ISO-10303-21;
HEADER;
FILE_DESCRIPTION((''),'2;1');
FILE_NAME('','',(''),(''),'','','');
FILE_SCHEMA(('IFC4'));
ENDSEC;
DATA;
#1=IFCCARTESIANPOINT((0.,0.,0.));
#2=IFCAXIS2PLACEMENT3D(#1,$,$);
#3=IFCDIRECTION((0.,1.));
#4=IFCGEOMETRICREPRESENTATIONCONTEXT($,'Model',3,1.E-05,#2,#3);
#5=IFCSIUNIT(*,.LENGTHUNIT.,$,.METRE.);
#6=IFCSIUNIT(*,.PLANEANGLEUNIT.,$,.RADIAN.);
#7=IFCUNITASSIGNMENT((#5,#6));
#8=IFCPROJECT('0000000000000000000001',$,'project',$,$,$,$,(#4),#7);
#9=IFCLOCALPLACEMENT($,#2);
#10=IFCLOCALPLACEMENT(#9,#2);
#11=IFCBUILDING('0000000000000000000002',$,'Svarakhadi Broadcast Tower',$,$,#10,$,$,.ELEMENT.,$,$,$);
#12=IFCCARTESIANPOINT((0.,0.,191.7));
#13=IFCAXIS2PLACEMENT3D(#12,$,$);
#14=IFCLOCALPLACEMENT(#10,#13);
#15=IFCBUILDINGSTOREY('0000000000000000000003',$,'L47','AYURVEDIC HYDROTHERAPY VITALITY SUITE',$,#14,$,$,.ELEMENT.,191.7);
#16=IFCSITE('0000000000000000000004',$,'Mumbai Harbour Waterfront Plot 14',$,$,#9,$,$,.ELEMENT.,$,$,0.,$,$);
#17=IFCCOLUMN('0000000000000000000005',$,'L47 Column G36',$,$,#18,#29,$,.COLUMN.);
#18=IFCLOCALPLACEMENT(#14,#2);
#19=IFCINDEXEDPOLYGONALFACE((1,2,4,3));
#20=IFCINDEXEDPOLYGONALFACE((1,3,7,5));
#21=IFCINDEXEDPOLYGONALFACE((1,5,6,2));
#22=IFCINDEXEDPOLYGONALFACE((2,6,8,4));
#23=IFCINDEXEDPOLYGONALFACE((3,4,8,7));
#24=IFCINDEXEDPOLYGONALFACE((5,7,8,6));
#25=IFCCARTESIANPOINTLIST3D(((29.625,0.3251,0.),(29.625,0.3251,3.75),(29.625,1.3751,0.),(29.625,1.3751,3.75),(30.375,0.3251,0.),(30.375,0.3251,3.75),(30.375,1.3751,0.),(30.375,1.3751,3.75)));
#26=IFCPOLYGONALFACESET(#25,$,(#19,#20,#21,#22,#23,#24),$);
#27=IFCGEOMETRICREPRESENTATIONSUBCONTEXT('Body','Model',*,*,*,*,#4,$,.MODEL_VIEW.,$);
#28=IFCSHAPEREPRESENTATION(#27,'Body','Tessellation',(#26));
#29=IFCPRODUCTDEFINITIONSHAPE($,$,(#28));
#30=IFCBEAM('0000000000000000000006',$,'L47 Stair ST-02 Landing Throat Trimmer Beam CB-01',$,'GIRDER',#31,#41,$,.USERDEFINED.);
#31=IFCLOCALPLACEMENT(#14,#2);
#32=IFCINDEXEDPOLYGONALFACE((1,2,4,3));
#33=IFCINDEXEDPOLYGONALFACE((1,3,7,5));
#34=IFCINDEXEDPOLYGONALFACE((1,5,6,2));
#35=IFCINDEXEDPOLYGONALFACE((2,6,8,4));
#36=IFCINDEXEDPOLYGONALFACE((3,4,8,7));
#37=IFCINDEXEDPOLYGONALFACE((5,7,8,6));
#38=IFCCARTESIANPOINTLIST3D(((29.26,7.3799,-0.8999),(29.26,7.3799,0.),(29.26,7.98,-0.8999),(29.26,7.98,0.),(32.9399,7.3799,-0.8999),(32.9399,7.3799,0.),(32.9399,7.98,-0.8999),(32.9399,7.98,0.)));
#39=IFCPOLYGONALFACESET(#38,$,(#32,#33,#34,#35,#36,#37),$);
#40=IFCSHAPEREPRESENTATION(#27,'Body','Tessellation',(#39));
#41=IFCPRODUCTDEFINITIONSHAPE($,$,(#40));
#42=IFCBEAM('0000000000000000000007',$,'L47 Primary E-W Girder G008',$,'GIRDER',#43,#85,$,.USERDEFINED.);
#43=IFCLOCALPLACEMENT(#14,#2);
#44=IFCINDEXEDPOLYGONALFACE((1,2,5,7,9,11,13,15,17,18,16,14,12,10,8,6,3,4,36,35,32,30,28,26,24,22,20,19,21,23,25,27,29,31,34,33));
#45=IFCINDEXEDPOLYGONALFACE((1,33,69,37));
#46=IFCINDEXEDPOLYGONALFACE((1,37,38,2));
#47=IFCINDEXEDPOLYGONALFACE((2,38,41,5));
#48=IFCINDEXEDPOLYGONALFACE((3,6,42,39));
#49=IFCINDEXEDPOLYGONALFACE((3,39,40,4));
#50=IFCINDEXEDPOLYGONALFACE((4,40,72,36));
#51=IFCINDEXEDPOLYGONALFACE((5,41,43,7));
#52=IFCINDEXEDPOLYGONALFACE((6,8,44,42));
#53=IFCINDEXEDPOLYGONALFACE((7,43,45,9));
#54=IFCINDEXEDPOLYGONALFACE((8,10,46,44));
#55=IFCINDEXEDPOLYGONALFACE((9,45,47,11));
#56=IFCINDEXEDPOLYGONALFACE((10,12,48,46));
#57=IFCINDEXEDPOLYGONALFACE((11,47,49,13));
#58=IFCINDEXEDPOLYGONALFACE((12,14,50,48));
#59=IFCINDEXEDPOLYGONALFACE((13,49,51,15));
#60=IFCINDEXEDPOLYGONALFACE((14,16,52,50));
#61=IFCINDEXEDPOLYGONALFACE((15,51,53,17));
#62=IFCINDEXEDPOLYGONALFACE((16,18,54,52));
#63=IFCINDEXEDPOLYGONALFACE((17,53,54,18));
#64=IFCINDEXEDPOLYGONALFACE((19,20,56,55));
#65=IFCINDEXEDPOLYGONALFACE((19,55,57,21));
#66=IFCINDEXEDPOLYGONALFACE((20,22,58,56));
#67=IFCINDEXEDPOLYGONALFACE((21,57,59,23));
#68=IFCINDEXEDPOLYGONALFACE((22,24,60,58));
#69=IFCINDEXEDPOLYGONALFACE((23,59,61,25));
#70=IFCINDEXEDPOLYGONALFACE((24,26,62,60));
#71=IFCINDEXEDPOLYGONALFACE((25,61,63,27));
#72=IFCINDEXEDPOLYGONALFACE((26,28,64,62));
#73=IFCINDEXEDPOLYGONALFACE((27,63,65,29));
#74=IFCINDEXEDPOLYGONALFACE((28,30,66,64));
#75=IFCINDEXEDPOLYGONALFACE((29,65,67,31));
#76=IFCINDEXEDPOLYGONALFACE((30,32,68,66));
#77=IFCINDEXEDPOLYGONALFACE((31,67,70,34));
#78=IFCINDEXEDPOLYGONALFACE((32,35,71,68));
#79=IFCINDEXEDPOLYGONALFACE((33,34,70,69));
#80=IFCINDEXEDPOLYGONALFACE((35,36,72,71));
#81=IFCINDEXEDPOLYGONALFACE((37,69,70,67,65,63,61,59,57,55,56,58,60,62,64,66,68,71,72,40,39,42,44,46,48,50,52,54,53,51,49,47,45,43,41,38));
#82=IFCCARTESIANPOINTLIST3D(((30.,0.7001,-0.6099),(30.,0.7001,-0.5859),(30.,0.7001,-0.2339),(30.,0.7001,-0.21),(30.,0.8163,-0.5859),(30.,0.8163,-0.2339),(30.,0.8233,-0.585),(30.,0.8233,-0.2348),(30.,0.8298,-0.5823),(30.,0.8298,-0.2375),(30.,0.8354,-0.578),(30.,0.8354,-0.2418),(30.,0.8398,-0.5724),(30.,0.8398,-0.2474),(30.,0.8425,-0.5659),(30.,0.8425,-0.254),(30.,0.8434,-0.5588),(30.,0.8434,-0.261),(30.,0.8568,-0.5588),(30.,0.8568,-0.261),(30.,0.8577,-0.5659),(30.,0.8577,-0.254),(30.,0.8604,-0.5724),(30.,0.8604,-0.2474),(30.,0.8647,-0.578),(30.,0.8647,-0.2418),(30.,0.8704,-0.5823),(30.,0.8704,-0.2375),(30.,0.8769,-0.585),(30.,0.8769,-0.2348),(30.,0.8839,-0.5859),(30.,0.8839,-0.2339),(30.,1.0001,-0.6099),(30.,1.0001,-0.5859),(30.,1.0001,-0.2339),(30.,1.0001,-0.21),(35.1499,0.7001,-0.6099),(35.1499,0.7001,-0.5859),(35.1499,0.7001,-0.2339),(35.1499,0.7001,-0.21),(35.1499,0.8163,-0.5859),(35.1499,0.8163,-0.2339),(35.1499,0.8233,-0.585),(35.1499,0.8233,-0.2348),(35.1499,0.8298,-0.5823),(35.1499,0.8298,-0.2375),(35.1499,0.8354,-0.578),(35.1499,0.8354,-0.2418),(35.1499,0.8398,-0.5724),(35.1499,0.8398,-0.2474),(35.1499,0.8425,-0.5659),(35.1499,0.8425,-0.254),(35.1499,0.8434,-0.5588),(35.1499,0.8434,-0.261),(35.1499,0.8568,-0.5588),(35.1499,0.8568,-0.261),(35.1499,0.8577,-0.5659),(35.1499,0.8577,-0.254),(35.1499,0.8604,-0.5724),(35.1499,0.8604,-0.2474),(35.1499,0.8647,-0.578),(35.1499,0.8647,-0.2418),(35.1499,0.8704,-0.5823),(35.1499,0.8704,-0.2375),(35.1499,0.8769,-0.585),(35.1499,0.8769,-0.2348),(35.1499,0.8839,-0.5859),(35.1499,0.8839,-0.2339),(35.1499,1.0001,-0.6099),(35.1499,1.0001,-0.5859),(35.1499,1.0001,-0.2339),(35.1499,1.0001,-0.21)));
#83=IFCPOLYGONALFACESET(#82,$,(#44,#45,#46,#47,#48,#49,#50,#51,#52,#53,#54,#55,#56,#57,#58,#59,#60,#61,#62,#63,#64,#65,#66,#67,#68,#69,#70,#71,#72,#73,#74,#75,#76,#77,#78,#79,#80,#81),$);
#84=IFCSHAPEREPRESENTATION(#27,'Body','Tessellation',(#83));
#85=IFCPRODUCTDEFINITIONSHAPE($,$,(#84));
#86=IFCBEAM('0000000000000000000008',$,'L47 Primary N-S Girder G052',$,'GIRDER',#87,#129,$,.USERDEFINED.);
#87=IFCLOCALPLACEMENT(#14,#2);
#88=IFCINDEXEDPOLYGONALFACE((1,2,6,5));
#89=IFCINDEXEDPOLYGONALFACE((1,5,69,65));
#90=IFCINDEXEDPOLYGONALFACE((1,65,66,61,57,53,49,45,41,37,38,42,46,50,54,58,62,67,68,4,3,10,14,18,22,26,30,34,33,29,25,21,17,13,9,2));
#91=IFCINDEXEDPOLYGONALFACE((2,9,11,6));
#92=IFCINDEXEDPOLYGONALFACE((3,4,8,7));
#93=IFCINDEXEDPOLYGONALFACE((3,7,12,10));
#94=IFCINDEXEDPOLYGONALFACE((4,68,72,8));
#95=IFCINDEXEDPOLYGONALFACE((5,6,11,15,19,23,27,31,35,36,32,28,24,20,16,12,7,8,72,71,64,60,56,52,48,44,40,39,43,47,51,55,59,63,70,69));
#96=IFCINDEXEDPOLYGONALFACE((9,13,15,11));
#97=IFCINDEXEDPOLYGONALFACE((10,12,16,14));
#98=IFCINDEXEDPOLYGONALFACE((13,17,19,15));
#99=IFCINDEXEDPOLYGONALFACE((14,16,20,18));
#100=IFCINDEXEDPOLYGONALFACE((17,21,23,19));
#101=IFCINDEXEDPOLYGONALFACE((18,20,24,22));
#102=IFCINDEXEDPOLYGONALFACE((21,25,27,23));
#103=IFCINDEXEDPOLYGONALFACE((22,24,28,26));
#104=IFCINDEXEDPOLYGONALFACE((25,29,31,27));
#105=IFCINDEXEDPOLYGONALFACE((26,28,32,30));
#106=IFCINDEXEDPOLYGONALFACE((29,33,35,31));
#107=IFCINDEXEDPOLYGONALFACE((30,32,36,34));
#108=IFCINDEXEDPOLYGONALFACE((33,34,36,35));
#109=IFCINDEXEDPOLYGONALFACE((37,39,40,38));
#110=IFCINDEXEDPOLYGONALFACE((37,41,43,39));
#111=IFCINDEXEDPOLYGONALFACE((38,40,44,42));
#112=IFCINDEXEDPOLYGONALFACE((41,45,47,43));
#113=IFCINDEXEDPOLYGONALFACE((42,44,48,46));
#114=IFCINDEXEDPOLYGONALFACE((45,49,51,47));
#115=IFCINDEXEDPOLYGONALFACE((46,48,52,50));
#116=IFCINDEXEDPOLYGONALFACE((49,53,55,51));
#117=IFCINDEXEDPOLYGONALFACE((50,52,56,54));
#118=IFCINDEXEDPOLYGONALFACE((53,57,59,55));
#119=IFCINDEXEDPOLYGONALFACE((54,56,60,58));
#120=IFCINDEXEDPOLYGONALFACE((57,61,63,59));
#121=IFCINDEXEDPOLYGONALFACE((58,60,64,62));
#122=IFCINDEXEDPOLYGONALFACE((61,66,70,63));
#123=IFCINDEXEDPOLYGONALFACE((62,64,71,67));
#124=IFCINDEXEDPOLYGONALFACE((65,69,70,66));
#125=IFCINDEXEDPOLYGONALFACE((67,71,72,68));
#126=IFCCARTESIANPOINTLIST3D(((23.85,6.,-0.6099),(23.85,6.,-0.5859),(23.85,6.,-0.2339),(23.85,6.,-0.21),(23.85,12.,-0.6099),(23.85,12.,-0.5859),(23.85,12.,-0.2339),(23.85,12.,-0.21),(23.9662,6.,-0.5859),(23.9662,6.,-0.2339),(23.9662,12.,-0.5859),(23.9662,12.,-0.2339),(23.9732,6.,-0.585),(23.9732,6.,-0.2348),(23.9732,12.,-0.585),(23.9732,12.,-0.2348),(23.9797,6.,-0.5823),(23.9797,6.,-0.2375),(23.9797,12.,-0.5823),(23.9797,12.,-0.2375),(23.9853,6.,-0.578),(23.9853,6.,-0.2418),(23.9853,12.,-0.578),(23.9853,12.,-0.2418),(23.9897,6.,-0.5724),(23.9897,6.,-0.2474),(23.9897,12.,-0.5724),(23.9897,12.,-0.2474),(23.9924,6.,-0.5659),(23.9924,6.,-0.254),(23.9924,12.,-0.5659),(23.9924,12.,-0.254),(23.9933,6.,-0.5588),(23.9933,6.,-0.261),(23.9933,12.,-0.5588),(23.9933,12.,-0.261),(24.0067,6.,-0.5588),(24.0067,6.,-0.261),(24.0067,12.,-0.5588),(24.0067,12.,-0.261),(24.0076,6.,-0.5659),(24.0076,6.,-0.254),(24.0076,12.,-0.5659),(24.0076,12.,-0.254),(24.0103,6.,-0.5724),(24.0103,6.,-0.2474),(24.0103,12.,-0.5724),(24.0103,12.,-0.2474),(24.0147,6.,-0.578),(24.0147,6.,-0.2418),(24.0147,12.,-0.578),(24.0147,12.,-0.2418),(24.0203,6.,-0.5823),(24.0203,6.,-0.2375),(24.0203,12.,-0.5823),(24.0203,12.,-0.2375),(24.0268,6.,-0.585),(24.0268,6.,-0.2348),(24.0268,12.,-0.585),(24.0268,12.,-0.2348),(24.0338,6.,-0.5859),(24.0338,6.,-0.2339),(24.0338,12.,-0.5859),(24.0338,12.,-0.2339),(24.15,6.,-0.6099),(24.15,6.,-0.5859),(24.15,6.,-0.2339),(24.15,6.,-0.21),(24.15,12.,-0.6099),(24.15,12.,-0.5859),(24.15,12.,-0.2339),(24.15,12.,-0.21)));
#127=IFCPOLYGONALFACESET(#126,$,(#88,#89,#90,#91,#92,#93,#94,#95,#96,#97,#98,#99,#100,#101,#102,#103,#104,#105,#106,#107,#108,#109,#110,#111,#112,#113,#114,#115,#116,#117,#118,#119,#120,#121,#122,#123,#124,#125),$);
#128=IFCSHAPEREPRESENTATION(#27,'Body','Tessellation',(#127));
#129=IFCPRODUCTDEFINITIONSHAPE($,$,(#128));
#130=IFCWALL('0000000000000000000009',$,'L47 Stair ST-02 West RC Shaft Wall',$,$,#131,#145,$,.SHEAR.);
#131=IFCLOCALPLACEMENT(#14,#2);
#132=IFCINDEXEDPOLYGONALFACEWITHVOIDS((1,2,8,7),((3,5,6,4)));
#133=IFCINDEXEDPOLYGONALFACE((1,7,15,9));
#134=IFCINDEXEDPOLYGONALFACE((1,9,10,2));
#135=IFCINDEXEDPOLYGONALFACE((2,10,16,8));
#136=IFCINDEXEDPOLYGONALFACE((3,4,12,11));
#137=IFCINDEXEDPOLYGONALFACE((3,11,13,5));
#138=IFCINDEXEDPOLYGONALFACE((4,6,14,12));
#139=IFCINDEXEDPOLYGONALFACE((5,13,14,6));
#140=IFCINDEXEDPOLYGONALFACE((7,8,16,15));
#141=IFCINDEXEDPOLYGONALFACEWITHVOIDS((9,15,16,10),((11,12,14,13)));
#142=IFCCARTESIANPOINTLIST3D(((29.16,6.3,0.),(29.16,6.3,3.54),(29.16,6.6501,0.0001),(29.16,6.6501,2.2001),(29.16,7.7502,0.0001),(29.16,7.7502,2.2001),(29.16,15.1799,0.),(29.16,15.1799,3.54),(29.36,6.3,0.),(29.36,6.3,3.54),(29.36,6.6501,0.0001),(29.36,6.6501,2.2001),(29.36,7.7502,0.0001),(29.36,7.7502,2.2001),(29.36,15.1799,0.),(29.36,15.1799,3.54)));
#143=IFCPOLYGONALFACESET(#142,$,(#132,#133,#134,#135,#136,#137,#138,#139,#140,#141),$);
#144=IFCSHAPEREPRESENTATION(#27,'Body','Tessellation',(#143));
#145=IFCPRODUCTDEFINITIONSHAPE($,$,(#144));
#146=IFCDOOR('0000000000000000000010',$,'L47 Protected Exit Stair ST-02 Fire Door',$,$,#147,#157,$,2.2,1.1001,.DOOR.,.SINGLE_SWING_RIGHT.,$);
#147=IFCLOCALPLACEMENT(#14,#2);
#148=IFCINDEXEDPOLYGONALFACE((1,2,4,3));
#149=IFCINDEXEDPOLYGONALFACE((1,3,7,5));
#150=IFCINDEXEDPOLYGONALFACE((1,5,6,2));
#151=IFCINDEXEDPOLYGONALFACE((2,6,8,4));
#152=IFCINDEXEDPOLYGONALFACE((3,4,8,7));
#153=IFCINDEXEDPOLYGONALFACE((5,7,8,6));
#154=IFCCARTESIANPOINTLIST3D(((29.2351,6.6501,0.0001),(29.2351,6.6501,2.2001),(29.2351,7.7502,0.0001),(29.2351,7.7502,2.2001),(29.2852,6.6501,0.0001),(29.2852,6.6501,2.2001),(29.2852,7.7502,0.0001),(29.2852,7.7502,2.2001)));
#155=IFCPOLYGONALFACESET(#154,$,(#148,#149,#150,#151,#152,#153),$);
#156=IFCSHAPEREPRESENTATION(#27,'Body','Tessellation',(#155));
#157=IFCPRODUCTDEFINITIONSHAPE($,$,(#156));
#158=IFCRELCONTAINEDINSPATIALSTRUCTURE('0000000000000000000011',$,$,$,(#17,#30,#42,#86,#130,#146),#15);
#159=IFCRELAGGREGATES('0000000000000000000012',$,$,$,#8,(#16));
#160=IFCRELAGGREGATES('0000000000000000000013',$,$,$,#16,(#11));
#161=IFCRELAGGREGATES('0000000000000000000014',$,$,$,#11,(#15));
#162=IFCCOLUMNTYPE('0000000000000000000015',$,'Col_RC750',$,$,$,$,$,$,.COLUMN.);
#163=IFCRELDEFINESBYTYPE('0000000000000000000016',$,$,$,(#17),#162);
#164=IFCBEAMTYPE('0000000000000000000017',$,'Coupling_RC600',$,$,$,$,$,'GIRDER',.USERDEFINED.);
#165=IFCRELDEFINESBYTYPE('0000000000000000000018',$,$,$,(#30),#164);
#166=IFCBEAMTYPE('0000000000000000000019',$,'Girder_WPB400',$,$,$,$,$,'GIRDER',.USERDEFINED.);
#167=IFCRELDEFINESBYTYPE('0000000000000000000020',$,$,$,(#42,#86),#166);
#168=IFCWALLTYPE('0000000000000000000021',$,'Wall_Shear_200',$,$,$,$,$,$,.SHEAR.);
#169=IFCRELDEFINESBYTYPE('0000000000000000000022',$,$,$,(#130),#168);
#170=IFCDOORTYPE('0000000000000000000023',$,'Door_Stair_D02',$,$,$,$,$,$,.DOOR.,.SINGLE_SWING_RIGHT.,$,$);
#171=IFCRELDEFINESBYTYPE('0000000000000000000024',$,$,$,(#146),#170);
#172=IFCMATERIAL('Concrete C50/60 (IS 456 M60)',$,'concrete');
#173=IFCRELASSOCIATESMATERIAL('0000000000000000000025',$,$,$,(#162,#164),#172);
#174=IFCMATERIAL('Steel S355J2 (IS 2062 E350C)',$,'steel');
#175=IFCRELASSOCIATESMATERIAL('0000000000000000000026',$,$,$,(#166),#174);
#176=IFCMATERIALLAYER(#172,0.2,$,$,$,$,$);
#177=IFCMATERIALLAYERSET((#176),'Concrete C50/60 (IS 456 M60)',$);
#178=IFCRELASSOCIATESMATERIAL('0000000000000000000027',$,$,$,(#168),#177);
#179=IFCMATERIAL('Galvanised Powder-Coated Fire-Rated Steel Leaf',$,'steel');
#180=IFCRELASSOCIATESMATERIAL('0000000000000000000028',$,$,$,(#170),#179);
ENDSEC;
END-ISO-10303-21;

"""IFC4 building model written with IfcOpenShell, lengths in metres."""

from ifc_helpers import new_model, si_unit, direction, frame, frame_2d, origin, origin_2d, place, context, subcontext, project, spatial, rectangle, i_section, extrude, material, layer, layer_set, material_profile, profile_set, type_object, element, fill, save


model = new_model("IFC4")

# Units and contexts
model_context = context("Model", 3, precision=1e-05, world=origin(), true_north=direction((0.0, 1.0)))
body_context = subcontext(model_context, "Body", "Model", "MODEL_VIEW")
ifc_project = project(units=[si_unit("LENGTHUNIT", "METRE"), si_unit("PLANEANGLEUNIT", "RADIAN")], contexts=[model_context])

# Site, building, storey
site_placement = place(None, origin())
site = spatial("IfcSite", under=ifc_project, at=site_placement, Name="Mumbai Harbour Waterfront Plot 14", CompositionType="ELEMENT", RefElevation=0.0)
building_placement = place(site_placement, origin())
building = spatial("IfcBuilding", under=site, at=building_placement, Name="Svarakhadi Broadcast Tower", CompositionType="ELEMENT")
storey_placement = place(building_placement, frame((0.0, 0.0, 191.7)))
storey = spatial("IfcBuildingStorey", under=building, at=storey_placement, Name="L47", Description="AYURVEDIC HYDROTHERAPY VITALITY SUITE", CompositionType="ELEMENT", Elevation=191.7)

# Column
ifc_material_1 = material(Name="Concrete C50/60 (IS 456 M60)", Category="concrete")
ifc_material_profile_1 = material_profile(ifc_material_1, rectangle(XDim=0.75, YDim=1.05, at=origin_2d()), Name="RC 750x1050")
ifc_profile_set_1 = profile_set([ifc_material_profile_1], Name="Concrete C50/60 (IS 456 M60)")
column_type = type_object("IfcColumnType", Name="Col_RC750", PredefinedType="COLUMN", material=ifc_profile_set_1)
column_placement = place(storey_placement, frame((30.0, 0.8501, 0.0), z_axis=(0.0, 0.0, 1.0), x_axis=(1.0, 0.0, 0.0)))
element("IfcColumn", 1, at=column_placement, inside=storey, type_object=column_type, Name="L47 Column G36", PredefinedType="COLUMN", context=body_context, shape_type="SweptSolid", body=[
    extrude(rectangle(XDim=0.75, YDim=1.05, at=origin_2d()), origin(), (0.0, 0.0, 1.0), 3.75),
])

# Beams
ifc_material_profile_2 = material_profile(ifc_material_1, rectangle(XDim=0.6001, YDim=0.8999, at=origin_2d()), Name="RC 600x900")
ifc_profile_set_2 = profile_set([ifc_material_profile_2], Name="Concrete C50/60 (IS 456 M60)")
beam_type_1 = type_object("IfcBeamType", Name="Coupling_RC600", ElementType="GIRDER", PredefinedType="USERDEFINED", material=ifc_profile_set_2)
beam_1_placement = place(storey_placement, frame((29.26, 7.6799, -0.45), z_axis=(1.0, 0.0, 0.0), x_axis=(0.0, 1.0, 0.0)))
element("IfcBeam", 2, at=beam_1_placement, inside=storey, type_object=beam_type_1, Name="L47 Stair ST-02 Landing Throat Trimmer Beam CB-01", ObjectType="GIRDER", PredefinedType="USERDEFINED", context=body_context, shape_type="SweptSolid", body=[
    extrude(rectangle(XDim=0.6001, YDim=0.8999, at=origin_2d()), origin(), (0.0, 0.0, 1.0), 3.6799),
])
ifc_material_2 = material(Name="Steel S355J2 (IS 2062 E350C)", Category="steel")
ifc_material_profile_3 = material_profile(ifc_material_2, i_section(OverallWidth=0.3, OverallDepth=0.3999, WebThickness=0.0134, FlangeThickness=0.0239, FilletRadius=0.0271, at=origin_2d()), Name="WPB 400x300x155")
ifc_profile_set_3 = profile_set([ifc_material_profile_3], Name="Steel S355J2 (IS 2062 E350C)")
beam_type_2 = type_object("IfcBeamType", Name="Girder_WPB400", ElementType="GIRDER", PredefinedType="USERDEFINED", material=ifc_profile_set_3)
beam_2_placement = place(storey_placement, frame((30.0, 0.8501, -0.4099), z_axis=(1.0, 0.0, 0.0), x_axis=(0.0, 1.0, 0.0)))
element("IfcBeam", 3, at=beam_2_placement, inside=storey, type_object=beam_type_2, Name="L47 Primary E-W Girder G008", ObjectType="GIRDER", PredefinedType="USERDEFINED", context=body_context, shape_type="SweptSolid", body=[
    extrude(i_section(OverallWidth=0.3, OverallDepth=0.3999, WebThickness=0.0134, FlangeThickness=0.0239, FilletRadius=0.0271, at=origin_2d()), origin(), (0.0, 0.0, 1.0), 5.1499),
])
beam_3_placement = place(storey_placement, frame((24.0, 6.0, -0.4099), z_axis=(0.0, 1.0, 0.0), x_axis=(-1.0, 0.0, 0.0)))
element("IfcBeam", 4, at=beam_3_placement, inside=storey, type_object=beam_type_2, Name="L47 Primary N-S Girder G052", ObjectType="GIRDER", PredefinedType="USERDEFINED", context=body_context, shape_type="SweptSolid", body=[
    extrude(i_section(OverallWidth=0.3, OverallDepth=0.3999, WebThickness=0.0134, FlangeThickness=0.0239, FilletRadius=0.0271, at=origin_2d()), origin(), (0.0, 0.0, 1.0), 6.0),
])

# Wall, opening, door
ifc_layer_1 = layer(ifc_material_1, 0.2)
ifc_layer_set_1 = layer_set([ifc_layer_1], Name="Concrete C50/60 (IS 456 M60)")
wall_type_1 = type_object("IfcWallType", Name="Wall_Shear_200", PredefinedType="SHEAR", material=ifc_layer_set_1)
wall_1_placement = place(storey_placement, frame((29.26, 6.3, 0.0), z_axis=(0.0, 0.0, 1.0), x_axis=(0.0, 1.0, 0.0)))
wall_1 = element("IfcWall", 5, at=wall_1_placement, inside=storey, type_object=wall_type_1, Name="L47 Stair ST-02 West RC Shaft Wall", PredefinedType="SHEAR", context=body_context, shape_type="SweptSolid", body=[
    extrude(rectangle(XDim=8.8799, YDim=0.2, at=frame_2d((4.4399, 0.0))), origin(), (0.0, 0.0, 1.0), 3.54),
])
opening_1_placement = place(wall_1_placement, frame((0.3501, 0.0, 0.0)))
opening_1 = element("IfcOpeningElement", 6, at=opening_1_placement, cuts=wall_1, PredefinedType="OPENING", context=body_context, shape_type="SweptSolid", body=[
    extrude(rectangle(XDim=1.1001, YDim=2.2, at=frame_2d((0.55, 1.1001))), frame((0.0, 0.1099, 0.0), z_axis=(0.0, -1.0, 0.0), x_axis=(1.0, 0.0, 0.0)), (0.0, 0.0, 1.0), 0.22),
])
ifc_material_3 = material(Name="Galvanised Powder-Coated Fire-Rated Steel Leaf", Category="steel")
door_type_1 = type_object("IfcDoorType", Name="Door_Stair_D02", OperationType="SINGLE_SWING_RIGHT", PredefinedType="DOOR", material=ifc_material_3)
door_1_placement = place(opening_1_placement, origin())
door_1 = element("IfcDoor", 7, at=door_1_placement, inside=storey, type_object=door_type_1, Name="L47 Protected Exit Stair ST-02 Fire Door", OperationType="SINGLE_SWING_RIGHT", OverallHeight=2.2, OverallWidth=1.1001, PredefinedType="DOOR", context=body_context, shape_type="SweptSolid", body=[
    extrude(rectangle(XDim=1.1001, YDim=2.2, at=frame_2d((0.55, 1.1001))), frame((0.0, 0.0249, 0.0), z_axis=(0.0, -1.0, 0.0), x_axis=(1.0, 0.0, 0.0)), (0.0, 0.0, 1.0), 0.05),
])
fill(opening_1, door_1)

save(model, "model.ifc")
